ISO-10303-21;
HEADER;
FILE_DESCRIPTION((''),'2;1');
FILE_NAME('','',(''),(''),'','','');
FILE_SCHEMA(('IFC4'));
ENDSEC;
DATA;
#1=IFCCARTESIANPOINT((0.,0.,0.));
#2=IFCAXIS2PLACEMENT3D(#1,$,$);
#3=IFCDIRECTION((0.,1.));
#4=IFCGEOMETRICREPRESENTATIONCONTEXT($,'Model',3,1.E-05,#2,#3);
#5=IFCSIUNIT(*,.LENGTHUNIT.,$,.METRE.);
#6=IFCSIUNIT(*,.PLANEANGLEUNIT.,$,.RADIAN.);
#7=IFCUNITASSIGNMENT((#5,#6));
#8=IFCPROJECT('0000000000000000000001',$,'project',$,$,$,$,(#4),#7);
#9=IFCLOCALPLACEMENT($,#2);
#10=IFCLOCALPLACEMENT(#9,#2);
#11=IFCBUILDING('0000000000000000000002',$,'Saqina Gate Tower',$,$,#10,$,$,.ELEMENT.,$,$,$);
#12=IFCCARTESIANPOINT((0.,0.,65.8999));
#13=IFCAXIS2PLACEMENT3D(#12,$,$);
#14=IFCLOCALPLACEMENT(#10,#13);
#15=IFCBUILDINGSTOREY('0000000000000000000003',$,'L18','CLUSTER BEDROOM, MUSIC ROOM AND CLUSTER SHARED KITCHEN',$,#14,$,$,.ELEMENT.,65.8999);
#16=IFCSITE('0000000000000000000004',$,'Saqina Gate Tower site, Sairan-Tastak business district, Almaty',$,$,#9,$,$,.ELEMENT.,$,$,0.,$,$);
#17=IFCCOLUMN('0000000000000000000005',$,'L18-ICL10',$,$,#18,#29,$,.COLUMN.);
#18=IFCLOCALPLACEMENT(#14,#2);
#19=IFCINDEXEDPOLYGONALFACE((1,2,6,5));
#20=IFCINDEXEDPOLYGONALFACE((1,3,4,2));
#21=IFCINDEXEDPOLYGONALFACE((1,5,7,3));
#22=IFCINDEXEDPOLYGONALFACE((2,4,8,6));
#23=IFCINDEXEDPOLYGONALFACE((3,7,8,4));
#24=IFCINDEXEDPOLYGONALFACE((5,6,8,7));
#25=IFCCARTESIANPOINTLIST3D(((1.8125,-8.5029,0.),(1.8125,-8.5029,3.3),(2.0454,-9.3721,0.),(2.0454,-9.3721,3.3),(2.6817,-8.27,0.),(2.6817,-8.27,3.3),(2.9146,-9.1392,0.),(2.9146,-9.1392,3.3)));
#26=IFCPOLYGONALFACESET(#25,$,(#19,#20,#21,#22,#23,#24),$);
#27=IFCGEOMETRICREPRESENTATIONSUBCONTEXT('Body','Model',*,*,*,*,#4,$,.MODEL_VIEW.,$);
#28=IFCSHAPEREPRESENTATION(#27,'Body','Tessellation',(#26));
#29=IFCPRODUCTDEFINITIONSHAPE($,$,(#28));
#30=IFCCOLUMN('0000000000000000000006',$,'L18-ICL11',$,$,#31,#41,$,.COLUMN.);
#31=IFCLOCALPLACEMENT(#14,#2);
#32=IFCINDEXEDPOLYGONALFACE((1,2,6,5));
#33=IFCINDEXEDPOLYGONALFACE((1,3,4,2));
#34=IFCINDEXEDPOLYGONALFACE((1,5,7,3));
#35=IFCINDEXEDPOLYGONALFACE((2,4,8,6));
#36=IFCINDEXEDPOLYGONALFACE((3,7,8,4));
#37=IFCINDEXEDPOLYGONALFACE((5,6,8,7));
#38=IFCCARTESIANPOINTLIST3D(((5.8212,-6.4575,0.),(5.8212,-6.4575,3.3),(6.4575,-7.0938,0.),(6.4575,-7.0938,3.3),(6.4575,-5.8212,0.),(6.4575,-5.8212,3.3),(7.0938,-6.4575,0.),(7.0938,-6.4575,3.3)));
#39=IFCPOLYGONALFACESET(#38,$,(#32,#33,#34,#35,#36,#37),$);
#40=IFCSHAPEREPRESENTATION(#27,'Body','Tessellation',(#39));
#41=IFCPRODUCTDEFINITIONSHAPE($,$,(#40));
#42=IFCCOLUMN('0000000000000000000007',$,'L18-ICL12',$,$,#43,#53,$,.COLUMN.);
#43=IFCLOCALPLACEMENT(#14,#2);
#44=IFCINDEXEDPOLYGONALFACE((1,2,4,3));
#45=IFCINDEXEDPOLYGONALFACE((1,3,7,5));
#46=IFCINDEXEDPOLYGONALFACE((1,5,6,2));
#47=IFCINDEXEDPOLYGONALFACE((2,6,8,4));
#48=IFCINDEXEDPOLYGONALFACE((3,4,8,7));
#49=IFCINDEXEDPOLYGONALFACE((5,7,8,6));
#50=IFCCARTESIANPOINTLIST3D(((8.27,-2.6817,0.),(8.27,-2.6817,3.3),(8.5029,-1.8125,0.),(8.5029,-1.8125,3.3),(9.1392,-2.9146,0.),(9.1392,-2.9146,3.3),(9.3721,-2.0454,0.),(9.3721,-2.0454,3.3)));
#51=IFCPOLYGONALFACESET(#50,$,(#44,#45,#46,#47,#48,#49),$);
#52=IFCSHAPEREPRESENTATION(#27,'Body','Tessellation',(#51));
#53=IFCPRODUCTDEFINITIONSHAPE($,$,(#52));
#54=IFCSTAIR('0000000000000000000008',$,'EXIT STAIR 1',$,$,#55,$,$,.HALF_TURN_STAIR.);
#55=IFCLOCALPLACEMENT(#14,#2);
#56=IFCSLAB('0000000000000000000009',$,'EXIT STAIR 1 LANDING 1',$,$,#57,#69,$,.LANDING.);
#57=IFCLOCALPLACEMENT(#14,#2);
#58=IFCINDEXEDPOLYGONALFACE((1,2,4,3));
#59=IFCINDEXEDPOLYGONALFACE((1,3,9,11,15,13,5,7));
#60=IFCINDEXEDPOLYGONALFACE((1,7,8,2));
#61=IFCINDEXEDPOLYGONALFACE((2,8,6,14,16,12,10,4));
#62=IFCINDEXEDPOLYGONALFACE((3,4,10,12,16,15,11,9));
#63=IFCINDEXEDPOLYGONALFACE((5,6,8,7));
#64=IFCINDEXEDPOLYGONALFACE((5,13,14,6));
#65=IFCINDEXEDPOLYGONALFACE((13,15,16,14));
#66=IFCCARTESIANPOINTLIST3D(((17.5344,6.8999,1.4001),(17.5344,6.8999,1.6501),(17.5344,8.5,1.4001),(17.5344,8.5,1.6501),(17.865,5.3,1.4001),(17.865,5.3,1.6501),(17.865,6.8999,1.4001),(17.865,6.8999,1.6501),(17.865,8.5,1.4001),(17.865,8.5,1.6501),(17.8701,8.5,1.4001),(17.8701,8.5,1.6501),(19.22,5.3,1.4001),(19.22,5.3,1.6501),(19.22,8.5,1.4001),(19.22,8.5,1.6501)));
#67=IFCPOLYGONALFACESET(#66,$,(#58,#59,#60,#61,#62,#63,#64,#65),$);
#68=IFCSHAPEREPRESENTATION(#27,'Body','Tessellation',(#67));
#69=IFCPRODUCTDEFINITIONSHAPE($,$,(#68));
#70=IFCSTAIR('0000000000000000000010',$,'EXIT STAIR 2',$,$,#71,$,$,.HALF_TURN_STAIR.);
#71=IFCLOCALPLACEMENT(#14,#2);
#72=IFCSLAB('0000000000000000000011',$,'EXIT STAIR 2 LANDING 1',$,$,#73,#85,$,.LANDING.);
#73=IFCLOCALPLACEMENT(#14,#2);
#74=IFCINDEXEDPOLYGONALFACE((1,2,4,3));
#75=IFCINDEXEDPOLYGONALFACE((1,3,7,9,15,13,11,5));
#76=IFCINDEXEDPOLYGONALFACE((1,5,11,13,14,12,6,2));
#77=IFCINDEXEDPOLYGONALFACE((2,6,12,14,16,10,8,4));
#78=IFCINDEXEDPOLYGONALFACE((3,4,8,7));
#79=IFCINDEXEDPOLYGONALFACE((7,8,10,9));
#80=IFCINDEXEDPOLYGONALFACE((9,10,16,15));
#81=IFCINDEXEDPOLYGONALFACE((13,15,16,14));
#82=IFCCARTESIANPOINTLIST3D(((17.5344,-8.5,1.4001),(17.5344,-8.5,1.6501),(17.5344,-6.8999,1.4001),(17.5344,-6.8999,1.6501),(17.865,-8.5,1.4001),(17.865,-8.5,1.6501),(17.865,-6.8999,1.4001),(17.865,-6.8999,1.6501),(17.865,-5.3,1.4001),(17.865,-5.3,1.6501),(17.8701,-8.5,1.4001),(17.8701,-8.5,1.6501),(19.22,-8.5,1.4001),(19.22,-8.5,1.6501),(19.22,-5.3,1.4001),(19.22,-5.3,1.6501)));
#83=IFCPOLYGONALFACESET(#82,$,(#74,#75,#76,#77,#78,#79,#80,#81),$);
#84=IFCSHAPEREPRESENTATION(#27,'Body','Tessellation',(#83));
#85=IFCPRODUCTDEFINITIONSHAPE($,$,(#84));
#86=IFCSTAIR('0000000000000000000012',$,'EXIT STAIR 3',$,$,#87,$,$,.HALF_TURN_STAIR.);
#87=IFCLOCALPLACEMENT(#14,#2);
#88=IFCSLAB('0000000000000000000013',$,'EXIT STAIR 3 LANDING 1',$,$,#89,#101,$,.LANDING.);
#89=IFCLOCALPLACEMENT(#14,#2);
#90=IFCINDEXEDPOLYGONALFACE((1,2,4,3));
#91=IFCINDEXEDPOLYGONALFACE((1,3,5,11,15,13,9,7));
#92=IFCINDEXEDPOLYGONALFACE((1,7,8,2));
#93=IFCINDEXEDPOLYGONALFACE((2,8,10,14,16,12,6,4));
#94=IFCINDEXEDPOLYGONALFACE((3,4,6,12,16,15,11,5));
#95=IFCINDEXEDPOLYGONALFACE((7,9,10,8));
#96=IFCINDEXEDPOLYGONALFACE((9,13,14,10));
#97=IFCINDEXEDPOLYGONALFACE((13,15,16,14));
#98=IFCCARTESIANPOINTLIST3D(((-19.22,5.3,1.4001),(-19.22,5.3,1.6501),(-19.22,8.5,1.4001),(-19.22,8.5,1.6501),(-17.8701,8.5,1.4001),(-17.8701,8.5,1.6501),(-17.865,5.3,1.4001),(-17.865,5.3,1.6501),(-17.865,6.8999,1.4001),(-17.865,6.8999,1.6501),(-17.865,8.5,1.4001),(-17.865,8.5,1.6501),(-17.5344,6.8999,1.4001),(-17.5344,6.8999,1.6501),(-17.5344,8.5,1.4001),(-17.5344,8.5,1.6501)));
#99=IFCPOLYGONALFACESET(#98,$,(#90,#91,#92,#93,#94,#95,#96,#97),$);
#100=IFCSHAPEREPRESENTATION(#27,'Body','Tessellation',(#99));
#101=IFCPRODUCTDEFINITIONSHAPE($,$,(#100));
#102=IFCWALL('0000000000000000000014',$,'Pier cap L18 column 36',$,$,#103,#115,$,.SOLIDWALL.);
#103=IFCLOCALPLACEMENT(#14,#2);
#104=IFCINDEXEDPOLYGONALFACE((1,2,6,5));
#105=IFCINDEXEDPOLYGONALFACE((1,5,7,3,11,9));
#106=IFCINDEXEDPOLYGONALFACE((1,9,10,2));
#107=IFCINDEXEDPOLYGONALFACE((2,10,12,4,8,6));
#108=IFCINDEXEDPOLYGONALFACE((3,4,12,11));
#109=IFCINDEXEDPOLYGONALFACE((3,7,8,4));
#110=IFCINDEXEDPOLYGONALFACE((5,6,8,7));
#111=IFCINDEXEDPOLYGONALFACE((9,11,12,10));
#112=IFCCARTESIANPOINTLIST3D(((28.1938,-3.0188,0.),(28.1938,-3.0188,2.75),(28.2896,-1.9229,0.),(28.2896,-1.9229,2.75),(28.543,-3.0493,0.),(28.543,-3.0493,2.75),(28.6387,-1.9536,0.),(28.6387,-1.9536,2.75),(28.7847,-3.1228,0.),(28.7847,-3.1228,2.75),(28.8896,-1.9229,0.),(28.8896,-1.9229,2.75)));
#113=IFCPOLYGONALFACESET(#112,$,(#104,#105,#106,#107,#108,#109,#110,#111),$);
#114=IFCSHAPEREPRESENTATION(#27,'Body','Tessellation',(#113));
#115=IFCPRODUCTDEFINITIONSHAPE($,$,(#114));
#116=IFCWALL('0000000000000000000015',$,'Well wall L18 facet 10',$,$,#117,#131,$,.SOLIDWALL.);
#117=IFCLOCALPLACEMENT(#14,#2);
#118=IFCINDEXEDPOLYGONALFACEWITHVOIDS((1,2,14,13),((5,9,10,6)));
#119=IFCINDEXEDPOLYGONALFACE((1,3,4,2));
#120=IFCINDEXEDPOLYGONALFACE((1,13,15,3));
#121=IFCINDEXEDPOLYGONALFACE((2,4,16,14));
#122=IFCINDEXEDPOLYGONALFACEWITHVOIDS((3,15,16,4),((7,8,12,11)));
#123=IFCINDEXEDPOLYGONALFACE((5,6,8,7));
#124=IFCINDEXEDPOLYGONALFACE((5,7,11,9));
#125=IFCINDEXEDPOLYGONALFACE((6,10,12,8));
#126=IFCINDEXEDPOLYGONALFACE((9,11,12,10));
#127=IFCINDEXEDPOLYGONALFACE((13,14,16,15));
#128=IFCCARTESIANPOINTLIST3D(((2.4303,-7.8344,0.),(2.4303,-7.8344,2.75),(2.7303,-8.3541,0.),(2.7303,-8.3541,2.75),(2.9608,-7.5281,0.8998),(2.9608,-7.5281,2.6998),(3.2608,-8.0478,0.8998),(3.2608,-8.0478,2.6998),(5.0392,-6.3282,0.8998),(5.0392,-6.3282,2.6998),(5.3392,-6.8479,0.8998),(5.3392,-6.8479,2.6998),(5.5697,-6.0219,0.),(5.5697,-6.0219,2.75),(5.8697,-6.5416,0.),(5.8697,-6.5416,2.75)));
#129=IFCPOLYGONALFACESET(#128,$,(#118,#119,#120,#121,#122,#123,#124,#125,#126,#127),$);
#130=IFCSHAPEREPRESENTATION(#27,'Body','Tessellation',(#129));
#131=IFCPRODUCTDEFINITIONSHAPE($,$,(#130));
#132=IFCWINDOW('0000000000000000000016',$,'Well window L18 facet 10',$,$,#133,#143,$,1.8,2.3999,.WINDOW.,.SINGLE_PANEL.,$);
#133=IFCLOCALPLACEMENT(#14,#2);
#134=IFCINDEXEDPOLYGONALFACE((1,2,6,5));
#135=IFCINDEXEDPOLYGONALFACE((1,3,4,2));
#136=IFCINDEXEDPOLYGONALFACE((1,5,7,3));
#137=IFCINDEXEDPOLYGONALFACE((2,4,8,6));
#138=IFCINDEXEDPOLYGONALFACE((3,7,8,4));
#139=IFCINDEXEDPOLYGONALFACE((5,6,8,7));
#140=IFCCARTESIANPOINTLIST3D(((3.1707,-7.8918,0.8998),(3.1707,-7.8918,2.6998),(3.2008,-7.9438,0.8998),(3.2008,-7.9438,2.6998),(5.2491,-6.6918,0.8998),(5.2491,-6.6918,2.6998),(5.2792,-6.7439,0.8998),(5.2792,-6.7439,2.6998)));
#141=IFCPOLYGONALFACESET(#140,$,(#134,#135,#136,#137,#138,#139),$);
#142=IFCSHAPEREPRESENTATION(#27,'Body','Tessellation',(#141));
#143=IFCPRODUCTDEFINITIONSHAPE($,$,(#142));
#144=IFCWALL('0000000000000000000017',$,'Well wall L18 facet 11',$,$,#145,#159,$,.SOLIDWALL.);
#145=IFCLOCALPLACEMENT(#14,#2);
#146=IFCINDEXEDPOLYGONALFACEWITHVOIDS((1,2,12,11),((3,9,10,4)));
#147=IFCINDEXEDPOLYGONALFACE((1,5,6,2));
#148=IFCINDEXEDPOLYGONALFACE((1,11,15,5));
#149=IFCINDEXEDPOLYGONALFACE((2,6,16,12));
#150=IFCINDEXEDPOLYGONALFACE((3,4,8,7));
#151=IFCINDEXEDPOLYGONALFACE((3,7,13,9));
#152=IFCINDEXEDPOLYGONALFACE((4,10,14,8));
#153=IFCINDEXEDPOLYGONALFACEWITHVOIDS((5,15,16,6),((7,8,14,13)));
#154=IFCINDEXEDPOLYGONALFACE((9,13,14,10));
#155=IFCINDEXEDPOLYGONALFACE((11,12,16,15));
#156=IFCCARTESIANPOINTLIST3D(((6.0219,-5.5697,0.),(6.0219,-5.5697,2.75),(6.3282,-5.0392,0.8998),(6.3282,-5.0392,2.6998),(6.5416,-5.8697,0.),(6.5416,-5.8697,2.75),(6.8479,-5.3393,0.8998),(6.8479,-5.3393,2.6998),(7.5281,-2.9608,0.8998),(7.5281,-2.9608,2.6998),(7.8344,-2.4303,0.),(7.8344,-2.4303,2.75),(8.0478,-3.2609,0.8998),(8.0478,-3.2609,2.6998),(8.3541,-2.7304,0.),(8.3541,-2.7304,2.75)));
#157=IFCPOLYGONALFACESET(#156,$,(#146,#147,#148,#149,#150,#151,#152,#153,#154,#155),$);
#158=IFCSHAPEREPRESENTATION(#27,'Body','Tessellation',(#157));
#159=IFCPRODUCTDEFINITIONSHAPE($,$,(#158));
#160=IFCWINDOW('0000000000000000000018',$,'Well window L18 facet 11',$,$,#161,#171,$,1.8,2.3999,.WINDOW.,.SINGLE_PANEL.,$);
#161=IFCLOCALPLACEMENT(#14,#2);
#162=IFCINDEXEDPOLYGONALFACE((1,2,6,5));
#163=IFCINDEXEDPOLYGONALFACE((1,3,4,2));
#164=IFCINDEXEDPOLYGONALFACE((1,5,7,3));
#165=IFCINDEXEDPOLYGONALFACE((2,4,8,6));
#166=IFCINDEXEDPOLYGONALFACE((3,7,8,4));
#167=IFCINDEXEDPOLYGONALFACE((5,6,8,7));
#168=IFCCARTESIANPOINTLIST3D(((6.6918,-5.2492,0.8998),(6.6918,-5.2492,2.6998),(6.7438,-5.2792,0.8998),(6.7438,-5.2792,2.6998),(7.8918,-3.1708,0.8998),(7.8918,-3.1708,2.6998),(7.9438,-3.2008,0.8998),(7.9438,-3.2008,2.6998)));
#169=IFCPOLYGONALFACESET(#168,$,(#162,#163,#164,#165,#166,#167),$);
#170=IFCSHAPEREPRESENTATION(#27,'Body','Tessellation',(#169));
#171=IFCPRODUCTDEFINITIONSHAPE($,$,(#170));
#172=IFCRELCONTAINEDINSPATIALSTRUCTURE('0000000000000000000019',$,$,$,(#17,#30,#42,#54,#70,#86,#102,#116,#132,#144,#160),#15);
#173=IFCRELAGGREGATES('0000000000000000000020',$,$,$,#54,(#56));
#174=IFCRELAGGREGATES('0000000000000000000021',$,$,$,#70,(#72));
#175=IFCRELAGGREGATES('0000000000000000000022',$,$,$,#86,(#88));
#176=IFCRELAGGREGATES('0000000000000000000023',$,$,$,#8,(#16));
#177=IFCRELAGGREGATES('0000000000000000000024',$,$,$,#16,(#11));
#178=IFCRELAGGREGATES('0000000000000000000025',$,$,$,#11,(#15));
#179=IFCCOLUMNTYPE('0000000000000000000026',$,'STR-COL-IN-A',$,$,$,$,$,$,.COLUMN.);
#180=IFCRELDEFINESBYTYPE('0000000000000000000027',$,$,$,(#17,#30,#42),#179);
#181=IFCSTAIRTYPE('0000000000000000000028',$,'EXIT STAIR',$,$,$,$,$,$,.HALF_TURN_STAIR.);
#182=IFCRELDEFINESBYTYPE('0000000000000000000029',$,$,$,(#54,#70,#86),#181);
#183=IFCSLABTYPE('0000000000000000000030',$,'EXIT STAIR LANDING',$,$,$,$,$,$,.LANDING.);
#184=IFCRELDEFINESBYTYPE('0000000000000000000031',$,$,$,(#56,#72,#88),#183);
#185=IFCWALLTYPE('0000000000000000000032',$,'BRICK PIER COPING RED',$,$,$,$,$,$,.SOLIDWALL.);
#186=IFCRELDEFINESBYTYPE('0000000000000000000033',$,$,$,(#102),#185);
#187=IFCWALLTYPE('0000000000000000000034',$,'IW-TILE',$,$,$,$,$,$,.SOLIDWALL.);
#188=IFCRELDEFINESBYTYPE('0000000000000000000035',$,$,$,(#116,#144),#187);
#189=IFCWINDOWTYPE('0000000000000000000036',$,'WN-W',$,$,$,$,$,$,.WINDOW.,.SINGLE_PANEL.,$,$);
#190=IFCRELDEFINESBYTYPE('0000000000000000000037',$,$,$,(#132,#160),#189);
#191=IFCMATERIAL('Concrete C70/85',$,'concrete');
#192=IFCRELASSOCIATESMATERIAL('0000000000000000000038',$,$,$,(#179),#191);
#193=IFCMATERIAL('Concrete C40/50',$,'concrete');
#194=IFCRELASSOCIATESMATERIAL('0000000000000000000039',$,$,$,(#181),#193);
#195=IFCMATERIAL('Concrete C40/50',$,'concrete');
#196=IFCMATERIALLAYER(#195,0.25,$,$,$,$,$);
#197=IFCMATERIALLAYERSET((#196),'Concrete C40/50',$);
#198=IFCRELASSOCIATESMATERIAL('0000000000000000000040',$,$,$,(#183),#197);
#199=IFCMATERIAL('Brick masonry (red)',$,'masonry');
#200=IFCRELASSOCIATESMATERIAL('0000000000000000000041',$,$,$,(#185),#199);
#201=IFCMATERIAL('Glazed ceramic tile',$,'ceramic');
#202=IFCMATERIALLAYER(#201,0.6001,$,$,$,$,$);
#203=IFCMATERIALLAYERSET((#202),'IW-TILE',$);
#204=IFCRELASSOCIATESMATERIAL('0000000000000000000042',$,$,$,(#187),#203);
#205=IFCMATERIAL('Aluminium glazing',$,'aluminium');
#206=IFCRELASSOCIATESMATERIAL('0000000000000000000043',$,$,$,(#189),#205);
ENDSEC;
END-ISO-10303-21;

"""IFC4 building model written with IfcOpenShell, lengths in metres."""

from ifc_helpers import new_model, si_unit, direction, frame, frame_2d, origin, origin_2d, place, context, subcontext, project, spatial, polyline, rectangle, outline, extrude, material, layer, layer_set, material_profile, profile_set, type_object, element, fill, aggregate, save


model = new_model("IFC4")

# Units and contexts
model_context = context("Model", 3, precision=1e-05, world=origin(), true_north=direction((0.0, 1.0)))
body_context = subcontext(model_context, "Body", "Model", "MODEL_VIEW")
ifc_project = project(units=[si_unit("LENGTHUNIT", "METRE"), si_unit("PLANEANGLEUNIT", "RADIAN")], contexts=[model_context])

# Site, building, storey
site_placement = place(None, origin())
site = spatial("IfcSite", under=ifc_project, at=site_placement, Name="Saqina Gate Tower site, Sairan-Tastak business district, Almaty", CompositionType="ELEMENT", RefElevation=0.0)
building_placement = place(site_placement, origin())
building = spatial("IfcBuilding", under=site, at=building_placement, Name="Saqina Gate Tower", CompositionType="ELEMENT")
storey_placement = place(building_placement, frame((0.0, 0.0, 65.8999)))
storey = spatial("IfcBuildingStorey", under=building, at=storey_placement, Name="L18", Description="CLUSTER BEDROOM, MUSIC ROOM AND CLUSTER SHARED KITCHEN", CompositionType="ELEMENT", Elevation=65.8999)

# Columns
ifc_material_1 = material(Name="Concrete C70/85", Category="concrete")
ifc_material_profile = material_profile(ifc_material_1, rectangle(XDim=0.8999, YDim=0.8999, at=origin_2d()), Name="RC 900x900")
ifc_profile_set = profile_set([ifc_material_profile], Name="Concrete C70/85")
column_type = type_object("IfcColumnType", Name="STR-COL-IN-A", PredefinedType="COLUMN", material=ifc_profile_set)
for number, where, z_axis, x_axis, name in (
    (1, (2.3635, -8.821, 0.0), (0.0, 0.0, 1.0), (0.258819, -0.965926, 0.0), "L18-ICL10"),
    (2, (6.4575, -6.4575, 0.0), (0.0, 0.0, 1.0), (0.707107, -0.707107, 0.0), "L18-ICL11"),
    (3, (8.821, -2.3635, 0.0), (0.0, 0.0, 1.0), (0.965926, -0.258819, 0.0), "L18-ICL12"),
):
    element("IfcColumn", number, at=place(storey_placement, frame(where, z_axis=z_axis, x_axis=x_axis)), inside=storey, type_object=column_type, Name=name, PredefinedType="COLUMN", context=body_context, shape_type="SweptSolid", body=[
        extrude(rectangle(XDim=0.8999, YDim=0.8999, at=origin_2d()), origin(), (0.0, 0.0, 1.0), 3.3),
    ])

# Stairs, slabs
ifc_material_2 = material(Name="Concrete C40/50", Category="concrete")
stair_type = type_object("IfcStairType", Name="EXIT STAIR", PredefinedType="HALF_TURN_STAIR", material=ifc_material_2)
stair_1_placement = place(storey_placement, origin())
stair_1 = element("IfcStair", 4, at=stair_1_placement, inside=storey, type_object=stair_type, Name="EXIT STAIR 1", PredefinedType="HALF_TURN_STAIR")
ifc_material_3 = material(Name="Concrete C40/50", Category="concrete")
ifc_layer_1 = layer(ifc_material_3, 0.25)
ifc_layer_set_1 = layer_set([ifc_layer_1], Name="Concrete C40/50")
slab_type = type_object("IfcSlabType", Name="EXIT STAIR LANDING", PredefinedType="LANDING", material=ifc_layer_set_1)
slab_1_placement = place(storey_placement, frame((0.0, 0.0, 1.4001)))
slab_1 = element("IfcSlab", 5, at=slab_1_placement, type_object=slab_type, Name="EXIT STAIR 1 LANDING 1", PredefinedType="LANDING", context=body_context, shape_type="SweptSolid", body=[
    extrude(outline(polyline([(19.22, 8.5), (19.22, 5.3), (17.865, 5.3), (17.865, 6.8999), (17.5344, 6.8999), (17.5344, 8.5), (17.865, 8.5), (17.8701, 8.5), (19.22, 8.5)])), origin(), (0.0, 0.0, 1.0), 0.25),
])
aggregate(stair_1, [slab_1])
stair_2_placement = place(storey_placement, origin())
stair_2 = element("IfcStair", 6, at=stair_2_placement, inside=storey, type_object=stair_type, Name="EXIT STAIR 2", PredefinedType="HALF_TURN_STAIR")
slab_2_placement = place(storey_placement, frame((0.0, 0.0, 1.4001)))
slab_2 = element("IfcSlab", 7, at=slab_2_placement, type_object=slab_type, Name="EXIT STAIR 2 LANDING 1", PredefinedType="LANDING", context=body_context, shape_type="SweptSolid", body=[
    extrude(outline(polyline([(17.5344, -8.5), (17.5344, -6.8999), (17.865, -6.8999), (17.865, -5.3), (19.22, -5.3), (19.22, -8.5), (17.8701, -8.5), (17.865, -8.5), (17.5344, -8.5)])), origin(), (0.0, 0.0, 1.0), 0.25),
])
aggregate(stair_2, [slab_2])
stair_3_placement = place(storey_placement, origin())
stair_3 = element("IfcStair", 8, at=stair_3_placement, inside=storey, type_object=stair_type, Name="EXIT STAIR 3", PredefinedType="HALF_TURN_STAIR")
slab_3_placement = place(storey_placement, frame((0.0, 0.0, 1.4001)))
slab_3 = element("IfcSlab", 9, at=slab_3_placement, type_object=slab_type, Name="EXIT STAIR 3 LANDING 1", PredefinedType="LANDING", context=body_context, shape_type="SweptSolid", body=[
    extrude(outline(polyline([(-17.865, 5.3), (-19.22, 5.3), (-19.22, 8.5), (-17.8701, 8.5), (-17.865, 8.5), (-17.5344, 8.5), (-17.5344, 6.8999), (-17.865, 6.8999), (-17.865, 5.3)])), origin(), (0.0, 0.0, 1.0), 0.25),
])
aggregate(stair_3, [slab_3])

# Wall
ifc_material_4 = material(Name="Brick masonry (red)", Category="masonry")
wall_type_1 = type_object("IfcWallType", Name="BRICK PIER COPING RED", PredefinedType="SOLIDWALL", material=ifc_material_4)
wall_1_placement = place(storey_placement, origin())
element("IfcWall", 10, at=wall_1_placement, inside=storey, type_object=wall_type_1, Name="Pier cap L18 column 36", PredefinedType="SOLIDWALL", context=body_context, shape_type="SweptSolid", body=[
    extrude(outline(polyline([(28.7847, -3.1228), (28.8896, -1.9229), (28.2896, -1.9229), (28.6387, -1.9536), (28.543, -3.0493), (28.1938, -3.0188), (28.7847, -3.1228)])), origin(), (0.0, 0.0, 1.0), 2.75),
])

# Walls, openings, windows
ifc_material_5 = material(Name="Glazed ceramic tile", Category="ceramic")
ifc_layer_2 = layer(ifc_material_5, 0.6001)
ifc_layer_set_2 = layer_set([ifc_layer_2], Name="IW-TILE")
wall_type_2 = type_object("IfcWallType", Name="IW-TILE", PredefinedType="SOLIDWALL", material=ifc_layer_set_2)
wall_2_placement = place(storey_placement, frame((2.5803, -8.0942, 0.0), z_axis=(0.0, 0.0, 1.0), x_axis=(0.86603, 0.499993, 0.0)))
wall_2 = element("IfcWall", 11, at=wall_2_placement, inside=storey, type_object=wall_type_2, Name="Well wall L18 facet 10", PredefinedType="SOLIDWALL", context=body_context, shape_type="SweptSolid", body=[
    extrude(rectangle(XDim=3.625, YDim=0.6001, at=frame_2d((1.8125, 0.0))), origin(), (0.0, 0.0, 1.0), 2.75),
])
opening_1_placement = place(wall_2_placement, frame((0.6125, 0.0, 0.8999)))
opening_1 = element("IfcOpeningElement", 12, at=opening_1_placement, cuts=wall_2, PredefinedType="OPENING", context=body_context, shape_type="SweptSolid", body=[
    extrude(rectangle(XDim=2.3999, YDim=1.8, at=frame_2d((1.2, 0.8999))), frame((0.0, 0.312, 0.0), z_axis=(0.0, -1.0, 0.0), x_axis=(1.0, 0.0, 0.0)), (0.0, 0.0, 1.0), 0.624),
])
ifc_material_6 = material(Name="Aluminium glazing", Category="aluminium")
window_type = type_object("IfcWindowType", Name="WN-W", PartitioningType="SINGLE_PANEL", PredefinedType="WINDOW", material=ifc_material_6)
window_1_placement = place(opening_1_placement, origin())
window_1 = element("IfcWindow", 13, at=window_1_placement, inside=storey, type_object=window_type, Name="Well window L18 facet 10", OverallHeight=1.8, OverallWidth=2.3999, PartitioningType="SINGLE_PANEL", PredefinedType="WINDOW", context=body_context, shape_type="SweptSolid", body=[
    extrude(rectangle(XDim=2.3999, YDim=1.8, at=frame_2d((1.2, 0.8999))), frame((0.0, -0.1199, 0.0), z_axis=(0.0, -1.0, 0.0), x_axis=(1.0, 0.0, 0.0)), (0.0, 0.0, 1.0), 0.0601),
])
fill(opening_1, window_1)
wall_3_placement = place(storey_placement, frame((6.2817, -5.7197, 0.0), z_axis=(0.0, 0.0, 1.0), x_axis=(0.499993, 0.86603, 0.0)))
wall_3 = element("IfcWall", 14, at=wall_3_placement, inside=storey, type_object=wall_type_2, Name="Well wall L18 facet 11", PredefinedType="SOLIDWALL", context=body_context, shape_type="SweptSolid", body=[
    extrude(rectangle(XDim=3.625, YDim=0.6001, at=frame_2d((1.8125, 0.0))), origin(), (0.0, 0.0, 1.0), 2.75),
])
opening_2_placement = place(wall_3_placement, frame((0.6125, 0.0, 0.8999)))
opening_2 = element("IfcOpeningElement", 15, at=opening_2_placement, cuts=wall_3, PredefinedType="OPENING", context=body_context, shape_type="SweptSolid", body=[
    extrude(rectangle(XDim=2.3999, YDim=1.8, at=frame_2d((1.2, 0.8999))), frame((0.0, 0.312, 0.0), z_axis=(0.0, -1.0, 0.0), x_axis=(1.0, 0.0, 0.0)), (0.0, 0.0, 1.0), 0.624),
])
window_2_placement = place(opening_2_placement, origin())
window_2 = element("IfcWindow", 16, at=window_2_placement, inside=storey, type_object=window_type, Name="Well window L18 facet 11", OverallHeight=1.8, OverallWidth=2.3999, PartitioningType="SINGLE_PANEL", PredefinedType="WINDOW", context=body_context, shape_type="SweptSolid", body=[
    extrude(rectangle(XDim=2.3999, YDim=1.8, at=frame_2d((1.2, 0.8999))), frame((0.0, -0.1199, 0.0), z_axis=(0.0, -1.0, 0.0), x_axis=(1.0, 0.0, 0.0)), (0.0, 0.0, 1.0), 0.0601),
])
fill(opening_2, window_2)

save(model, "model.ifc")
